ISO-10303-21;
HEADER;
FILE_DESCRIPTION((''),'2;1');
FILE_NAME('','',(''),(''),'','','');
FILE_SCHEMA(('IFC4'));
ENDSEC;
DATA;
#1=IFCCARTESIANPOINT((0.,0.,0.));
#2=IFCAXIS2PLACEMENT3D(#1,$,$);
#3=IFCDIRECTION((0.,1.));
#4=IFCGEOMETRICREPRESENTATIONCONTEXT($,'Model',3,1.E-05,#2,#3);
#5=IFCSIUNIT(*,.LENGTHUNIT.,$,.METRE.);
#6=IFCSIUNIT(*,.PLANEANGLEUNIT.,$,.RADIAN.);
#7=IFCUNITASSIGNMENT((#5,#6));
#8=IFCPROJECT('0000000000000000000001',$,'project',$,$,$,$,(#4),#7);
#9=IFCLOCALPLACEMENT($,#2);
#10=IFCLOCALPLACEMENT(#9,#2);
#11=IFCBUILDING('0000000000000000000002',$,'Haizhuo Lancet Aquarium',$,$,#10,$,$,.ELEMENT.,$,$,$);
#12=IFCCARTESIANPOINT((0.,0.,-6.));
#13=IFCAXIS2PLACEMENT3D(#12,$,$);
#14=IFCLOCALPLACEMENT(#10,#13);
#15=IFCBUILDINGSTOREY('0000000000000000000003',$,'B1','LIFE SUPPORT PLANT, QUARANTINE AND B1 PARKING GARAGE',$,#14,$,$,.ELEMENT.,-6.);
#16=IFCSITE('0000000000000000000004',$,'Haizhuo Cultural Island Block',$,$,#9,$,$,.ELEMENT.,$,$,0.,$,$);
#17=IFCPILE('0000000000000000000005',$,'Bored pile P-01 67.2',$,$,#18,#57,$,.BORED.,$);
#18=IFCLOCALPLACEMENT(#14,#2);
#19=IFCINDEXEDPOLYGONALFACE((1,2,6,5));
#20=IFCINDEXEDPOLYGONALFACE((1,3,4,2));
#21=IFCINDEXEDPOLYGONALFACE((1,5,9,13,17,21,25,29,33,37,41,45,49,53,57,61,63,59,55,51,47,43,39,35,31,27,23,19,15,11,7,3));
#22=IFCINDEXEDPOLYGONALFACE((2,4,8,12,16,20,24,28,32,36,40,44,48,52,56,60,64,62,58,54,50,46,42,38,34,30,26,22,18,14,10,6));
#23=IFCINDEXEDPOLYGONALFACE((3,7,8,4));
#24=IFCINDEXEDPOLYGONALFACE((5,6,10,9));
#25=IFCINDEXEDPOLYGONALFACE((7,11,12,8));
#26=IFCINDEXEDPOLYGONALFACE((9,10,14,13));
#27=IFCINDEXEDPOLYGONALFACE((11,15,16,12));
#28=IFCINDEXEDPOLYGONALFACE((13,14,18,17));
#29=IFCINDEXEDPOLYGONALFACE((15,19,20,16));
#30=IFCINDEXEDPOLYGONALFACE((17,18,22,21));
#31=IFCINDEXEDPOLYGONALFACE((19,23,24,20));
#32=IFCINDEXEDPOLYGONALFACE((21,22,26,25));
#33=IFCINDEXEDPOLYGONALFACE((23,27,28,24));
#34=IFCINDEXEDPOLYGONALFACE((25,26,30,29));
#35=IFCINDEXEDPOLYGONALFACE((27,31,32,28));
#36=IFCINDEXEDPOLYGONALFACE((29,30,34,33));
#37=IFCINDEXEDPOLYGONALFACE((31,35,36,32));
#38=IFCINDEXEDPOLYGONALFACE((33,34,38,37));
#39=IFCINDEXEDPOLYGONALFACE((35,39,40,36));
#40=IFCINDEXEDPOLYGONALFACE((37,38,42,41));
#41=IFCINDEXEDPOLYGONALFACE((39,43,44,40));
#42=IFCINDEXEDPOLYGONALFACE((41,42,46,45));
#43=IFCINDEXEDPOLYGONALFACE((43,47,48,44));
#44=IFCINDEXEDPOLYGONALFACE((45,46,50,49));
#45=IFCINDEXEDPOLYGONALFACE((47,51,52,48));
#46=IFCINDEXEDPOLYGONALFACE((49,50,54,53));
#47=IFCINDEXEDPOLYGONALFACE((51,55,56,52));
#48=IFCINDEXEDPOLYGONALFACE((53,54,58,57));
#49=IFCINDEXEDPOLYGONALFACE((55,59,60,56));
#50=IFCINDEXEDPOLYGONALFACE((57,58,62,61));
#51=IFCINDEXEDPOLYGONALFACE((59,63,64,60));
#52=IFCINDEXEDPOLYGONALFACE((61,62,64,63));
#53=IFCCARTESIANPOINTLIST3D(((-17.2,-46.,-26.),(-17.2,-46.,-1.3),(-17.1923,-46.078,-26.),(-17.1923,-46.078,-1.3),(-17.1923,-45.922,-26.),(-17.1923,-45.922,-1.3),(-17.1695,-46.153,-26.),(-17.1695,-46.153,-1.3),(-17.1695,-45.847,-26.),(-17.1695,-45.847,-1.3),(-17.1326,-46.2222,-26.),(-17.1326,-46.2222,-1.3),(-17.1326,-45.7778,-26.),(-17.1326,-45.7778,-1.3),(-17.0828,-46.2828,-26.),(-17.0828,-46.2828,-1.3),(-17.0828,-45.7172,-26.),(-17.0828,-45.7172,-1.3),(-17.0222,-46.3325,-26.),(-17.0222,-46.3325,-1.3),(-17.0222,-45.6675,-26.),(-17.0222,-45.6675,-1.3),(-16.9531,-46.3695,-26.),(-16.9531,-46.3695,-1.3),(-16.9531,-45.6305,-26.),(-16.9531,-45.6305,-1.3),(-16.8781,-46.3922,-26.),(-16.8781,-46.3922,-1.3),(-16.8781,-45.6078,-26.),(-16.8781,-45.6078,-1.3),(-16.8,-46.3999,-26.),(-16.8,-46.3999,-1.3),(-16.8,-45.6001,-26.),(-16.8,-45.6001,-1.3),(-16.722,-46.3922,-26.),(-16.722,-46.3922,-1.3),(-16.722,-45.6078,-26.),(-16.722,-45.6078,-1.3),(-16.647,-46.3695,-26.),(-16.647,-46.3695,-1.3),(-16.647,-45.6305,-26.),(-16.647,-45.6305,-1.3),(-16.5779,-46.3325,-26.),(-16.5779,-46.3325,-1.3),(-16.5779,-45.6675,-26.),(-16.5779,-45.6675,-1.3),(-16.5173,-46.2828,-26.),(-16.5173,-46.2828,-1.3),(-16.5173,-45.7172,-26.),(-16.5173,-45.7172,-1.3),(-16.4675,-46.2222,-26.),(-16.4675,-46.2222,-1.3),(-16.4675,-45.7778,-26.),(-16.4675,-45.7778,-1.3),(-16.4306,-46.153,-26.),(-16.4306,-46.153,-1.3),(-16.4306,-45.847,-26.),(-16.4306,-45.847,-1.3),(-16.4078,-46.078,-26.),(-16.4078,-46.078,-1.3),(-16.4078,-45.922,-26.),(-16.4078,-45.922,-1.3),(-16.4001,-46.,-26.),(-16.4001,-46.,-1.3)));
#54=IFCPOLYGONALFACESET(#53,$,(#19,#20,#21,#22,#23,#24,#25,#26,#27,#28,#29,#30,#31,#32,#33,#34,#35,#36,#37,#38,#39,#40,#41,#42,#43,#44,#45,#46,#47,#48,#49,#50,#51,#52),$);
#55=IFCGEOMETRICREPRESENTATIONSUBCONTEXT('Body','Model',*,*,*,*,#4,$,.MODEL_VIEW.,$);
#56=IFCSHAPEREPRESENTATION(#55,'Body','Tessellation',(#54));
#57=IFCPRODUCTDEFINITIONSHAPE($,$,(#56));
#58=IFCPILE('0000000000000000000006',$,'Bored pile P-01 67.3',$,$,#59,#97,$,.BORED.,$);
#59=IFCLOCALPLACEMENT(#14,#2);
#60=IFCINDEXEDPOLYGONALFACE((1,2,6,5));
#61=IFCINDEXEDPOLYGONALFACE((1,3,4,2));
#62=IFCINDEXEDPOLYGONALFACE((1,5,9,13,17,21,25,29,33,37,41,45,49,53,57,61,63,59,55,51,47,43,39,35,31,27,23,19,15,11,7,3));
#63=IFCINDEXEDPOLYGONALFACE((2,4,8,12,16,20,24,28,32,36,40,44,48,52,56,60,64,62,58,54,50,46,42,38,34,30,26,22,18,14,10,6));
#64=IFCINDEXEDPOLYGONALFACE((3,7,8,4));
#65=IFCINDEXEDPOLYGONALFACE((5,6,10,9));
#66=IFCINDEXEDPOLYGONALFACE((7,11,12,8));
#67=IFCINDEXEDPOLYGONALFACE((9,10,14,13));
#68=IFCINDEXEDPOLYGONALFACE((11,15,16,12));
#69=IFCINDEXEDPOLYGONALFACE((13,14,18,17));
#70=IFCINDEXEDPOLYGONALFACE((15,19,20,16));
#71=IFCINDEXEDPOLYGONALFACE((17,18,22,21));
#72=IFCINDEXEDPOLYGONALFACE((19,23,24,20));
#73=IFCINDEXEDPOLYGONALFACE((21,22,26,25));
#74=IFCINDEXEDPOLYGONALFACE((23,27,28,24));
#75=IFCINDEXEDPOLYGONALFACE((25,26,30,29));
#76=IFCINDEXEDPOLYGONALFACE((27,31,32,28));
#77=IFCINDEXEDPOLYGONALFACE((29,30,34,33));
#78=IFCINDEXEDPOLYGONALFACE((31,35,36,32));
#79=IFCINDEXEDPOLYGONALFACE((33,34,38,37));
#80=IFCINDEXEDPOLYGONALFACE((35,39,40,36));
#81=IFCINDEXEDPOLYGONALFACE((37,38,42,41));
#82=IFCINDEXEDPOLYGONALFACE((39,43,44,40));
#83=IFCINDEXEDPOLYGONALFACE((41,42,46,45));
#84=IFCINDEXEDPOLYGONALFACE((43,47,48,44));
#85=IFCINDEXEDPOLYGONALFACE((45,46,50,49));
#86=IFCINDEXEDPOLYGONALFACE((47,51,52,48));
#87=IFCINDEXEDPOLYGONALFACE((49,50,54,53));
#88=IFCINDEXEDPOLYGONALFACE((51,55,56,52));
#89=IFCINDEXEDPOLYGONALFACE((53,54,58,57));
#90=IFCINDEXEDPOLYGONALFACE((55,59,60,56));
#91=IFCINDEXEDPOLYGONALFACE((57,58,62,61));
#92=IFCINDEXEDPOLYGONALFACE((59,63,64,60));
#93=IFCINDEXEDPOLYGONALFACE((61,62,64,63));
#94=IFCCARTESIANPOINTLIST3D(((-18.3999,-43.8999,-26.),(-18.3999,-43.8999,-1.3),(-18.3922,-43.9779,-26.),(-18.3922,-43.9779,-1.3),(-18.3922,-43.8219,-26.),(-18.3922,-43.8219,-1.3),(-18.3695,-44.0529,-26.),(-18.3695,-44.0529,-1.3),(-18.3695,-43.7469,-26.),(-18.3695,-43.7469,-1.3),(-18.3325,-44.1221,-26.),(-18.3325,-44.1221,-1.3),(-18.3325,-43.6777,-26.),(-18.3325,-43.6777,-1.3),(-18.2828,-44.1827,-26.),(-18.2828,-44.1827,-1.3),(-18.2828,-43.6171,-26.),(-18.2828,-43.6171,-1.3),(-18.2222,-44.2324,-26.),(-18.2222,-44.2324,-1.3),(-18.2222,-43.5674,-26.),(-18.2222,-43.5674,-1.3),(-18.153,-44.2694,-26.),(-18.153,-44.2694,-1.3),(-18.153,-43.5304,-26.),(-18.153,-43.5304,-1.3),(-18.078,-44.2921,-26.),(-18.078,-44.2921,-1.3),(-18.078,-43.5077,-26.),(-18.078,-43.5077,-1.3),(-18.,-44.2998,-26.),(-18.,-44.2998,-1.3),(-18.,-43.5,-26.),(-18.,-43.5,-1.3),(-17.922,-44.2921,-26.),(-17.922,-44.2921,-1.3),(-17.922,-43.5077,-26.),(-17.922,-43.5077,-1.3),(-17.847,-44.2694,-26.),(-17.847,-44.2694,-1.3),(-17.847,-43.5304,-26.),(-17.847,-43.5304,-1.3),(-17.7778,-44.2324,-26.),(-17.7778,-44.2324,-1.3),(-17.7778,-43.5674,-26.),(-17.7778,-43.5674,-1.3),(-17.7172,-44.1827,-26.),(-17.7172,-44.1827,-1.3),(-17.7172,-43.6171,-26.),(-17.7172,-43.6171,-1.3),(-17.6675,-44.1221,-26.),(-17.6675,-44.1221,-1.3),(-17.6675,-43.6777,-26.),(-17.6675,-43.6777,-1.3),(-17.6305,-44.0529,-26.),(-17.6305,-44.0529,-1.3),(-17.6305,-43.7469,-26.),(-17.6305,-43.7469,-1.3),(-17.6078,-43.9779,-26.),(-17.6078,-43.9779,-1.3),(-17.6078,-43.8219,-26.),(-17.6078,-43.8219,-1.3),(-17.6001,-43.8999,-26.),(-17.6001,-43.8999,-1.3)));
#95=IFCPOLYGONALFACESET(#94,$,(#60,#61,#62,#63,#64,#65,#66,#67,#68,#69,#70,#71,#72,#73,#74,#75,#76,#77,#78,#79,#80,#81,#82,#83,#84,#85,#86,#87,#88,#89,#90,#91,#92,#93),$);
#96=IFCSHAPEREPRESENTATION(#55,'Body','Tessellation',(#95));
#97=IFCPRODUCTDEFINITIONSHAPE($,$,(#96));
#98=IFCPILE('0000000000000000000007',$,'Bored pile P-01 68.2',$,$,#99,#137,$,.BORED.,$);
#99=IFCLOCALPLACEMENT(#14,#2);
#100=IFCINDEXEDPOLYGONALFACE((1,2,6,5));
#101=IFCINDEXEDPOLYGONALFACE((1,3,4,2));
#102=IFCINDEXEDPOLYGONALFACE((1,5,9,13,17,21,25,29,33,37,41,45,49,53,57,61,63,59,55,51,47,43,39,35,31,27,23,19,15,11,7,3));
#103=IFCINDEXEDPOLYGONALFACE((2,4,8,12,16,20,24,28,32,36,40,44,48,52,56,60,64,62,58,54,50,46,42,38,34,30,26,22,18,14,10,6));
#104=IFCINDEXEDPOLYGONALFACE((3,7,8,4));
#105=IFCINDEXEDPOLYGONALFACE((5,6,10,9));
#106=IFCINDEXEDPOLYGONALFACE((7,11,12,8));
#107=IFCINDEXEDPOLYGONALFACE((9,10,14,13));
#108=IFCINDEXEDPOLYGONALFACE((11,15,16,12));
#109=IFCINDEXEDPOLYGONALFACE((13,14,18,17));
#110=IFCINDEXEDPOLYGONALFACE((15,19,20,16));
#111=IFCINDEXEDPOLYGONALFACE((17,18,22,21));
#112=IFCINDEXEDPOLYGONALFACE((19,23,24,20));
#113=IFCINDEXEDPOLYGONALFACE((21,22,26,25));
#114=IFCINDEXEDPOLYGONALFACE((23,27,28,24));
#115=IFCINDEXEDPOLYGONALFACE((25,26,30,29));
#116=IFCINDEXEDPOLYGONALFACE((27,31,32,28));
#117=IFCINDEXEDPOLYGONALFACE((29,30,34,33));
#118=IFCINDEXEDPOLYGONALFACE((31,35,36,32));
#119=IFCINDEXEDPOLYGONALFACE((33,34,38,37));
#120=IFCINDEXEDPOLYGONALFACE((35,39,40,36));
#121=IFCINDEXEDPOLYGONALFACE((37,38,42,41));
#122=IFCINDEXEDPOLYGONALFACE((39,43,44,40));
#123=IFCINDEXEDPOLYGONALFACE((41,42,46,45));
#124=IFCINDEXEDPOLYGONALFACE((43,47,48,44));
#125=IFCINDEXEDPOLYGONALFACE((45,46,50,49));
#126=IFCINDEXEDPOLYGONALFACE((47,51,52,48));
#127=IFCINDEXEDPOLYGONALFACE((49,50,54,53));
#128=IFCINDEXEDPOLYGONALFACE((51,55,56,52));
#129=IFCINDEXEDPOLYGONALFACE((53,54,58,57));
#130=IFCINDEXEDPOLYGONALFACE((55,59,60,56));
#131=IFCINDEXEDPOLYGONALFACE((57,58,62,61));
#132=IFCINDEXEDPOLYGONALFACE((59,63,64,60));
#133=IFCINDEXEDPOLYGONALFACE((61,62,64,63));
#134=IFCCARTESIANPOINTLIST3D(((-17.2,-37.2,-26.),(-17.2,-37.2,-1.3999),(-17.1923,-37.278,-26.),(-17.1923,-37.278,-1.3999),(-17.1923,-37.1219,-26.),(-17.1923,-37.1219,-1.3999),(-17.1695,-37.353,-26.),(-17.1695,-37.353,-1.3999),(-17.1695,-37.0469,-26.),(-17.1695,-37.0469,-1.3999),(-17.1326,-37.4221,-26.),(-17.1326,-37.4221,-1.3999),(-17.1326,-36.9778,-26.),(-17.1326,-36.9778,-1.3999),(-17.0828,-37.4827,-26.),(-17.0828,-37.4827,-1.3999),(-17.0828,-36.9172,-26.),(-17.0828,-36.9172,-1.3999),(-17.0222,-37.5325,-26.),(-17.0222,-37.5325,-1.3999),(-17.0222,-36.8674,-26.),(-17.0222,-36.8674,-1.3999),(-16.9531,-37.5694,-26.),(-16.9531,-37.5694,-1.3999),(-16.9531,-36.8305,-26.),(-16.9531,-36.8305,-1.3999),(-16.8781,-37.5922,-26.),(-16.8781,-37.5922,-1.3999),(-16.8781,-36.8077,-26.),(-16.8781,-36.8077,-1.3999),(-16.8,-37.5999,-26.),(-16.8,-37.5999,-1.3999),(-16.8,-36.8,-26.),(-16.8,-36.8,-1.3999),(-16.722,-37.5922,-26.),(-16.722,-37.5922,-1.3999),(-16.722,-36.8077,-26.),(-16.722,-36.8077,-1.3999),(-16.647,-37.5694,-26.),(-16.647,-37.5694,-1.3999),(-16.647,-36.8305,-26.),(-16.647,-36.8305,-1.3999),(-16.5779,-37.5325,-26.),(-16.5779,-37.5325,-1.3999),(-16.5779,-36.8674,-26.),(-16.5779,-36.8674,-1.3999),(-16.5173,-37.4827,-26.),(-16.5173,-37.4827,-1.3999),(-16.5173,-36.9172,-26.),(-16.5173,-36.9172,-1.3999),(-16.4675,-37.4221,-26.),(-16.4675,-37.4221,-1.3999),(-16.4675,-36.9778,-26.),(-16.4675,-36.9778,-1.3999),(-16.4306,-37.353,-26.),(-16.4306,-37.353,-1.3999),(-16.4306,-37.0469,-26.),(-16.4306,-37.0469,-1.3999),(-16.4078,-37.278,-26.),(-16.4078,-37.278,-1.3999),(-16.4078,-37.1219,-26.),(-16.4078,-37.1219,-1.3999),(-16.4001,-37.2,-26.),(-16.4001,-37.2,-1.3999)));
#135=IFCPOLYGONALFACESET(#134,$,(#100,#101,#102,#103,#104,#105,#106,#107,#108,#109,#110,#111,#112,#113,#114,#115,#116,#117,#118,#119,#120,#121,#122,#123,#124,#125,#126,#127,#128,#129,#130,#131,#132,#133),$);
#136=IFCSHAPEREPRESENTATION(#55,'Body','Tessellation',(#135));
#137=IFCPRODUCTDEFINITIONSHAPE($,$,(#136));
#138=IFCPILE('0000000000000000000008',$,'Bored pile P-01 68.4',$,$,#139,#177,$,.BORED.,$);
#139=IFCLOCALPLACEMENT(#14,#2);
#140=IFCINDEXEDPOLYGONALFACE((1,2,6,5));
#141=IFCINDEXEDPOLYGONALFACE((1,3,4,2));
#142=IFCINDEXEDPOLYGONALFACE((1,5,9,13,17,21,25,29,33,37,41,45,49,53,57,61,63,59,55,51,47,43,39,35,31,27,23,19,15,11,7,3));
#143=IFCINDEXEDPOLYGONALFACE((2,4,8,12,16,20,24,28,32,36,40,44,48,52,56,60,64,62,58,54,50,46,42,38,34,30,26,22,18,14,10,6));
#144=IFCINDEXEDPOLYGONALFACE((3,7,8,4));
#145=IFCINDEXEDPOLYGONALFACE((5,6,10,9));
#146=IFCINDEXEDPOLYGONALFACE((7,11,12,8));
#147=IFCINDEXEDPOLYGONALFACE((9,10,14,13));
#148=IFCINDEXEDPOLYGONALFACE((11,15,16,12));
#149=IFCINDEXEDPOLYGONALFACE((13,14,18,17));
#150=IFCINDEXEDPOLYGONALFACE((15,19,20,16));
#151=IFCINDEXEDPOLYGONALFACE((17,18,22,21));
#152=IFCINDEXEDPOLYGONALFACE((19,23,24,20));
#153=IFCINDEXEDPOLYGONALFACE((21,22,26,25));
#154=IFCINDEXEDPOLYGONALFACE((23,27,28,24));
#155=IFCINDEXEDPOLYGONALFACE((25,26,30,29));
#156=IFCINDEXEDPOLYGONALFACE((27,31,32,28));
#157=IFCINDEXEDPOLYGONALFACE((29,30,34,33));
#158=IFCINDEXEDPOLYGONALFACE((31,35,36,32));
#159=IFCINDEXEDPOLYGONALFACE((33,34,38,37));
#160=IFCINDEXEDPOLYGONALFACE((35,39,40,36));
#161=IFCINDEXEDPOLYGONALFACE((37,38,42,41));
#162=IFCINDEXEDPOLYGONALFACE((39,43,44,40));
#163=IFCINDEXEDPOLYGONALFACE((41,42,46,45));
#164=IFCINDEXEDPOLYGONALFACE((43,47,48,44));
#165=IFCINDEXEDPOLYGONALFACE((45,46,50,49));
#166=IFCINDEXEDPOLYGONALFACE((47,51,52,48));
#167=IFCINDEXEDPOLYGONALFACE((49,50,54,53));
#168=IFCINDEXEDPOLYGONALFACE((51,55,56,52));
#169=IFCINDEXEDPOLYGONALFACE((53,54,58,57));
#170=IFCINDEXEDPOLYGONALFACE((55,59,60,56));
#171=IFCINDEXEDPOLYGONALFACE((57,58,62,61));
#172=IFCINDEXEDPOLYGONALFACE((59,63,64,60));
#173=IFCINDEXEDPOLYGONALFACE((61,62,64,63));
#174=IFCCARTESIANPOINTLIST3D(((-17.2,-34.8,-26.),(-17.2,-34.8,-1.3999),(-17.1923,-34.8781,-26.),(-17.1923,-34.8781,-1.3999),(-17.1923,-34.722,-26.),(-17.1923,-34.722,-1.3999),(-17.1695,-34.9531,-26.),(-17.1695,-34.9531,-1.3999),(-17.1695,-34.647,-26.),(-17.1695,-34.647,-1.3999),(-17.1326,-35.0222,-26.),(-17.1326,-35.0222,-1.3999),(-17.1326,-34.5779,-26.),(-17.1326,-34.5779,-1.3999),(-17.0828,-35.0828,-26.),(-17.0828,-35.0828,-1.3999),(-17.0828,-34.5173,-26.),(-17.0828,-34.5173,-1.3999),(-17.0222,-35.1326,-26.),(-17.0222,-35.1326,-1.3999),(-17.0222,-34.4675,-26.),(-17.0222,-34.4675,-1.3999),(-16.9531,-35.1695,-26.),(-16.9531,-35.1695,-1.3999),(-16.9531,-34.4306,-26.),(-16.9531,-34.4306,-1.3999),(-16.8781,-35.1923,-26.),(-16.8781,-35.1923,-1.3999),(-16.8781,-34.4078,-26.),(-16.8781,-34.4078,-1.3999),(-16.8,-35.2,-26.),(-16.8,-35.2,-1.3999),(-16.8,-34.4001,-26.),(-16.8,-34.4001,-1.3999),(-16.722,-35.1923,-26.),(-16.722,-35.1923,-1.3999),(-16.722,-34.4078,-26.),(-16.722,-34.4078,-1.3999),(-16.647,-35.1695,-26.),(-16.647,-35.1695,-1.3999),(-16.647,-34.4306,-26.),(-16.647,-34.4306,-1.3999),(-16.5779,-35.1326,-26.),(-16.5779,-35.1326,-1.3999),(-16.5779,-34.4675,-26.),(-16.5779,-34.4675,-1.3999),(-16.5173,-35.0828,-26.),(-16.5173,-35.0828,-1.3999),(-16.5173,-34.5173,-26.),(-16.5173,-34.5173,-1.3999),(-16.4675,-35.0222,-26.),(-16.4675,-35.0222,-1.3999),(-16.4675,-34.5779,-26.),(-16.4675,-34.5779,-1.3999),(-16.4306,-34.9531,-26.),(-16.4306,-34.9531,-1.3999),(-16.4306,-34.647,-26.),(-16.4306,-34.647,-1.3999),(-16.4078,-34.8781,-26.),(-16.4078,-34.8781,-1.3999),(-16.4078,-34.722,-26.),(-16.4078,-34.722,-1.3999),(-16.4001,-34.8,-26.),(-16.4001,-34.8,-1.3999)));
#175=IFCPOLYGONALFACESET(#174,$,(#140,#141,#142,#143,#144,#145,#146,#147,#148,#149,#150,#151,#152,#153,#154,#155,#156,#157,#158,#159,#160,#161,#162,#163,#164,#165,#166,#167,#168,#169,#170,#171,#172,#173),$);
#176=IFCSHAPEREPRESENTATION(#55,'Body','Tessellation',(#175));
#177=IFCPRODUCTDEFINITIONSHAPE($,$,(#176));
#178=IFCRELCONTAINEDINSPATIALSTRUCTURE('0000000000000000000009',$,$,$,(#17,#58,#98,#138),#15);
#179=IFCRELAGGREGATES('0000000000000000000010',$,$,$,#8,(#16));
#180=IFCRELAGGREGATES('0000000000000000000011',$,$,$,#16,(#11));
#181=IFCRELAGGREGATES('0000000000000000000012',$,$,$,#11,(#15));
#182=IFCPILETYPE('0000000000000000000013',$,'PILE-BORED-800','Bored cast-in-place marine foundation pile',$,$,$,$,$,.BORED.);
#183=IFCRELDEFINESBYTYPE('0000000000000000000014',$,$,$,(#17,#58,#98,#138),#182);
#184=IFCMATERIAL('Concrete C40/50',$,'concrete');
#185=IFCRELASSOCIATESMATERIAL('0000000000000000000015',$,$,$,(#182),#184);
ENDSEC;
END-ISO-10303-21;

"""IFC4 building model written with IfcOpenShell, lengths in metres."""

from ifc_helpers import new_model, si_unit, direction, frame, origin, origin_2d, place, context, subcontext, project, spatial, circle, extrude, material, material_profile, profile_set, type_object, element, save


model = new_model("IFC4")

# Units and contexts
model_context = context("Model", 3, precision=1e-05, world=origin(), true_north=direction((0.0, 1.0)))
body_context = subcontext(model_context, "Body", "Model", "MODEL_VIEW")
ifc_project = project(units=[si_unit("LENGTHUNIT", "METRE"), si_unit("PLANEANGLEUNIT", "RADIAN")], contexts=[model_context])

# Site, building, storey
site_placement = place(None, origin())
site = spatial("IfcSite", under=ifc_project, at=site_placement, Name="Haizhuo Cultural Island Block", CompositionType="ELEMENT", RefElevation=0.0)
building_placement = place(site_placement, origin())
building = spatial("IfcBuilding", under=site, at=building_placement, Name="Haizhuo Lancet Aquarium", CompositionType="ELEMENT")
storey_placement = place(building_placement, frame((0.0, 0.0, -6.0)))
storey = spatial("IfcBuildingStorey", under=building, at=storey_placement, Name="B1", Description="LIFE SUPPORT PLANT, QUARANTINE AND B1 PARKING GARAGE", CompositionType="ELEMENT", Elevation=-6.0)

# Shared definitions
ifc_material_1 = material(Name="Concrete C40/50", Category="concrete")

# Piles
ifc_material_profile_1 = material_profile(ifc_material_1, circle(Radius=0.3999, at=origin_2d()), Name="PILE-800")
ifc_profile_set_1 = profile_set([ifc_material_profile_1], Name="Concrete C40/50")
pile_type = type_object("IfcPileType", Name="PILE-BORED-800", Description="Bored cast-in-place marine foundation pile", PredefinedType="BORED", material=ifc_profile_set_1)
for number, where, z_axis, x_axis, name in (
    (1, (-16.8, -46.0, -1.3), (0.0, 0.0, -1.0), (1.0, 0.0, 0.0), "Bored pile P-01 67.2"),
    (2, (-18.0, -43.8999, -1.3), (0.0, 0.0, -1.0), (1.0, 0.0, 0.0), "Bored pile P-01 67.3"),
):
    element("IfcPile", number, at=place(storey_placement, frame(where, z_axis=z_axis, x_axis=x_axis)), inside=storey, type_object=pile_type, Name=name, PredefinedType="BORED", context=body_context, shape_type="SweptSolid", body=[
        extrude(circle(Radius=0.3999, at=origin_2d()), origin(), (0.0, 0.0, 1.0), 24.7),
    ])
for number, where, z_axis, x_axis, name in (
    (3, (-16.8, -37.2, -1.3999), (0.0, 0.0, -1.0), (1.0, 0.0, 0.0), "Bored pile P-01 68.2"),
    (4, (-16.8, -34.8, -1.3999), (0.0, 0.0, -1.0), (1.0, 0.0, 0.0), "Bored pile P-01 68.4"),
):
    element("IfcPile", number, at=place(storey_placement, frame(where, z_axis=z_axis, x_axis=x_axis)), inside=storey, type_object=pile_type, Name=name, PredefinedType="BORED", context=body_context, shape_type="SweptSolid", body=[
        extrude(circle(Radius=0.3999, at=origin_2d()), origin(), (0.0, 0.0, 1.0), 24.6001),
    ])

save(model, "model.ifc")
